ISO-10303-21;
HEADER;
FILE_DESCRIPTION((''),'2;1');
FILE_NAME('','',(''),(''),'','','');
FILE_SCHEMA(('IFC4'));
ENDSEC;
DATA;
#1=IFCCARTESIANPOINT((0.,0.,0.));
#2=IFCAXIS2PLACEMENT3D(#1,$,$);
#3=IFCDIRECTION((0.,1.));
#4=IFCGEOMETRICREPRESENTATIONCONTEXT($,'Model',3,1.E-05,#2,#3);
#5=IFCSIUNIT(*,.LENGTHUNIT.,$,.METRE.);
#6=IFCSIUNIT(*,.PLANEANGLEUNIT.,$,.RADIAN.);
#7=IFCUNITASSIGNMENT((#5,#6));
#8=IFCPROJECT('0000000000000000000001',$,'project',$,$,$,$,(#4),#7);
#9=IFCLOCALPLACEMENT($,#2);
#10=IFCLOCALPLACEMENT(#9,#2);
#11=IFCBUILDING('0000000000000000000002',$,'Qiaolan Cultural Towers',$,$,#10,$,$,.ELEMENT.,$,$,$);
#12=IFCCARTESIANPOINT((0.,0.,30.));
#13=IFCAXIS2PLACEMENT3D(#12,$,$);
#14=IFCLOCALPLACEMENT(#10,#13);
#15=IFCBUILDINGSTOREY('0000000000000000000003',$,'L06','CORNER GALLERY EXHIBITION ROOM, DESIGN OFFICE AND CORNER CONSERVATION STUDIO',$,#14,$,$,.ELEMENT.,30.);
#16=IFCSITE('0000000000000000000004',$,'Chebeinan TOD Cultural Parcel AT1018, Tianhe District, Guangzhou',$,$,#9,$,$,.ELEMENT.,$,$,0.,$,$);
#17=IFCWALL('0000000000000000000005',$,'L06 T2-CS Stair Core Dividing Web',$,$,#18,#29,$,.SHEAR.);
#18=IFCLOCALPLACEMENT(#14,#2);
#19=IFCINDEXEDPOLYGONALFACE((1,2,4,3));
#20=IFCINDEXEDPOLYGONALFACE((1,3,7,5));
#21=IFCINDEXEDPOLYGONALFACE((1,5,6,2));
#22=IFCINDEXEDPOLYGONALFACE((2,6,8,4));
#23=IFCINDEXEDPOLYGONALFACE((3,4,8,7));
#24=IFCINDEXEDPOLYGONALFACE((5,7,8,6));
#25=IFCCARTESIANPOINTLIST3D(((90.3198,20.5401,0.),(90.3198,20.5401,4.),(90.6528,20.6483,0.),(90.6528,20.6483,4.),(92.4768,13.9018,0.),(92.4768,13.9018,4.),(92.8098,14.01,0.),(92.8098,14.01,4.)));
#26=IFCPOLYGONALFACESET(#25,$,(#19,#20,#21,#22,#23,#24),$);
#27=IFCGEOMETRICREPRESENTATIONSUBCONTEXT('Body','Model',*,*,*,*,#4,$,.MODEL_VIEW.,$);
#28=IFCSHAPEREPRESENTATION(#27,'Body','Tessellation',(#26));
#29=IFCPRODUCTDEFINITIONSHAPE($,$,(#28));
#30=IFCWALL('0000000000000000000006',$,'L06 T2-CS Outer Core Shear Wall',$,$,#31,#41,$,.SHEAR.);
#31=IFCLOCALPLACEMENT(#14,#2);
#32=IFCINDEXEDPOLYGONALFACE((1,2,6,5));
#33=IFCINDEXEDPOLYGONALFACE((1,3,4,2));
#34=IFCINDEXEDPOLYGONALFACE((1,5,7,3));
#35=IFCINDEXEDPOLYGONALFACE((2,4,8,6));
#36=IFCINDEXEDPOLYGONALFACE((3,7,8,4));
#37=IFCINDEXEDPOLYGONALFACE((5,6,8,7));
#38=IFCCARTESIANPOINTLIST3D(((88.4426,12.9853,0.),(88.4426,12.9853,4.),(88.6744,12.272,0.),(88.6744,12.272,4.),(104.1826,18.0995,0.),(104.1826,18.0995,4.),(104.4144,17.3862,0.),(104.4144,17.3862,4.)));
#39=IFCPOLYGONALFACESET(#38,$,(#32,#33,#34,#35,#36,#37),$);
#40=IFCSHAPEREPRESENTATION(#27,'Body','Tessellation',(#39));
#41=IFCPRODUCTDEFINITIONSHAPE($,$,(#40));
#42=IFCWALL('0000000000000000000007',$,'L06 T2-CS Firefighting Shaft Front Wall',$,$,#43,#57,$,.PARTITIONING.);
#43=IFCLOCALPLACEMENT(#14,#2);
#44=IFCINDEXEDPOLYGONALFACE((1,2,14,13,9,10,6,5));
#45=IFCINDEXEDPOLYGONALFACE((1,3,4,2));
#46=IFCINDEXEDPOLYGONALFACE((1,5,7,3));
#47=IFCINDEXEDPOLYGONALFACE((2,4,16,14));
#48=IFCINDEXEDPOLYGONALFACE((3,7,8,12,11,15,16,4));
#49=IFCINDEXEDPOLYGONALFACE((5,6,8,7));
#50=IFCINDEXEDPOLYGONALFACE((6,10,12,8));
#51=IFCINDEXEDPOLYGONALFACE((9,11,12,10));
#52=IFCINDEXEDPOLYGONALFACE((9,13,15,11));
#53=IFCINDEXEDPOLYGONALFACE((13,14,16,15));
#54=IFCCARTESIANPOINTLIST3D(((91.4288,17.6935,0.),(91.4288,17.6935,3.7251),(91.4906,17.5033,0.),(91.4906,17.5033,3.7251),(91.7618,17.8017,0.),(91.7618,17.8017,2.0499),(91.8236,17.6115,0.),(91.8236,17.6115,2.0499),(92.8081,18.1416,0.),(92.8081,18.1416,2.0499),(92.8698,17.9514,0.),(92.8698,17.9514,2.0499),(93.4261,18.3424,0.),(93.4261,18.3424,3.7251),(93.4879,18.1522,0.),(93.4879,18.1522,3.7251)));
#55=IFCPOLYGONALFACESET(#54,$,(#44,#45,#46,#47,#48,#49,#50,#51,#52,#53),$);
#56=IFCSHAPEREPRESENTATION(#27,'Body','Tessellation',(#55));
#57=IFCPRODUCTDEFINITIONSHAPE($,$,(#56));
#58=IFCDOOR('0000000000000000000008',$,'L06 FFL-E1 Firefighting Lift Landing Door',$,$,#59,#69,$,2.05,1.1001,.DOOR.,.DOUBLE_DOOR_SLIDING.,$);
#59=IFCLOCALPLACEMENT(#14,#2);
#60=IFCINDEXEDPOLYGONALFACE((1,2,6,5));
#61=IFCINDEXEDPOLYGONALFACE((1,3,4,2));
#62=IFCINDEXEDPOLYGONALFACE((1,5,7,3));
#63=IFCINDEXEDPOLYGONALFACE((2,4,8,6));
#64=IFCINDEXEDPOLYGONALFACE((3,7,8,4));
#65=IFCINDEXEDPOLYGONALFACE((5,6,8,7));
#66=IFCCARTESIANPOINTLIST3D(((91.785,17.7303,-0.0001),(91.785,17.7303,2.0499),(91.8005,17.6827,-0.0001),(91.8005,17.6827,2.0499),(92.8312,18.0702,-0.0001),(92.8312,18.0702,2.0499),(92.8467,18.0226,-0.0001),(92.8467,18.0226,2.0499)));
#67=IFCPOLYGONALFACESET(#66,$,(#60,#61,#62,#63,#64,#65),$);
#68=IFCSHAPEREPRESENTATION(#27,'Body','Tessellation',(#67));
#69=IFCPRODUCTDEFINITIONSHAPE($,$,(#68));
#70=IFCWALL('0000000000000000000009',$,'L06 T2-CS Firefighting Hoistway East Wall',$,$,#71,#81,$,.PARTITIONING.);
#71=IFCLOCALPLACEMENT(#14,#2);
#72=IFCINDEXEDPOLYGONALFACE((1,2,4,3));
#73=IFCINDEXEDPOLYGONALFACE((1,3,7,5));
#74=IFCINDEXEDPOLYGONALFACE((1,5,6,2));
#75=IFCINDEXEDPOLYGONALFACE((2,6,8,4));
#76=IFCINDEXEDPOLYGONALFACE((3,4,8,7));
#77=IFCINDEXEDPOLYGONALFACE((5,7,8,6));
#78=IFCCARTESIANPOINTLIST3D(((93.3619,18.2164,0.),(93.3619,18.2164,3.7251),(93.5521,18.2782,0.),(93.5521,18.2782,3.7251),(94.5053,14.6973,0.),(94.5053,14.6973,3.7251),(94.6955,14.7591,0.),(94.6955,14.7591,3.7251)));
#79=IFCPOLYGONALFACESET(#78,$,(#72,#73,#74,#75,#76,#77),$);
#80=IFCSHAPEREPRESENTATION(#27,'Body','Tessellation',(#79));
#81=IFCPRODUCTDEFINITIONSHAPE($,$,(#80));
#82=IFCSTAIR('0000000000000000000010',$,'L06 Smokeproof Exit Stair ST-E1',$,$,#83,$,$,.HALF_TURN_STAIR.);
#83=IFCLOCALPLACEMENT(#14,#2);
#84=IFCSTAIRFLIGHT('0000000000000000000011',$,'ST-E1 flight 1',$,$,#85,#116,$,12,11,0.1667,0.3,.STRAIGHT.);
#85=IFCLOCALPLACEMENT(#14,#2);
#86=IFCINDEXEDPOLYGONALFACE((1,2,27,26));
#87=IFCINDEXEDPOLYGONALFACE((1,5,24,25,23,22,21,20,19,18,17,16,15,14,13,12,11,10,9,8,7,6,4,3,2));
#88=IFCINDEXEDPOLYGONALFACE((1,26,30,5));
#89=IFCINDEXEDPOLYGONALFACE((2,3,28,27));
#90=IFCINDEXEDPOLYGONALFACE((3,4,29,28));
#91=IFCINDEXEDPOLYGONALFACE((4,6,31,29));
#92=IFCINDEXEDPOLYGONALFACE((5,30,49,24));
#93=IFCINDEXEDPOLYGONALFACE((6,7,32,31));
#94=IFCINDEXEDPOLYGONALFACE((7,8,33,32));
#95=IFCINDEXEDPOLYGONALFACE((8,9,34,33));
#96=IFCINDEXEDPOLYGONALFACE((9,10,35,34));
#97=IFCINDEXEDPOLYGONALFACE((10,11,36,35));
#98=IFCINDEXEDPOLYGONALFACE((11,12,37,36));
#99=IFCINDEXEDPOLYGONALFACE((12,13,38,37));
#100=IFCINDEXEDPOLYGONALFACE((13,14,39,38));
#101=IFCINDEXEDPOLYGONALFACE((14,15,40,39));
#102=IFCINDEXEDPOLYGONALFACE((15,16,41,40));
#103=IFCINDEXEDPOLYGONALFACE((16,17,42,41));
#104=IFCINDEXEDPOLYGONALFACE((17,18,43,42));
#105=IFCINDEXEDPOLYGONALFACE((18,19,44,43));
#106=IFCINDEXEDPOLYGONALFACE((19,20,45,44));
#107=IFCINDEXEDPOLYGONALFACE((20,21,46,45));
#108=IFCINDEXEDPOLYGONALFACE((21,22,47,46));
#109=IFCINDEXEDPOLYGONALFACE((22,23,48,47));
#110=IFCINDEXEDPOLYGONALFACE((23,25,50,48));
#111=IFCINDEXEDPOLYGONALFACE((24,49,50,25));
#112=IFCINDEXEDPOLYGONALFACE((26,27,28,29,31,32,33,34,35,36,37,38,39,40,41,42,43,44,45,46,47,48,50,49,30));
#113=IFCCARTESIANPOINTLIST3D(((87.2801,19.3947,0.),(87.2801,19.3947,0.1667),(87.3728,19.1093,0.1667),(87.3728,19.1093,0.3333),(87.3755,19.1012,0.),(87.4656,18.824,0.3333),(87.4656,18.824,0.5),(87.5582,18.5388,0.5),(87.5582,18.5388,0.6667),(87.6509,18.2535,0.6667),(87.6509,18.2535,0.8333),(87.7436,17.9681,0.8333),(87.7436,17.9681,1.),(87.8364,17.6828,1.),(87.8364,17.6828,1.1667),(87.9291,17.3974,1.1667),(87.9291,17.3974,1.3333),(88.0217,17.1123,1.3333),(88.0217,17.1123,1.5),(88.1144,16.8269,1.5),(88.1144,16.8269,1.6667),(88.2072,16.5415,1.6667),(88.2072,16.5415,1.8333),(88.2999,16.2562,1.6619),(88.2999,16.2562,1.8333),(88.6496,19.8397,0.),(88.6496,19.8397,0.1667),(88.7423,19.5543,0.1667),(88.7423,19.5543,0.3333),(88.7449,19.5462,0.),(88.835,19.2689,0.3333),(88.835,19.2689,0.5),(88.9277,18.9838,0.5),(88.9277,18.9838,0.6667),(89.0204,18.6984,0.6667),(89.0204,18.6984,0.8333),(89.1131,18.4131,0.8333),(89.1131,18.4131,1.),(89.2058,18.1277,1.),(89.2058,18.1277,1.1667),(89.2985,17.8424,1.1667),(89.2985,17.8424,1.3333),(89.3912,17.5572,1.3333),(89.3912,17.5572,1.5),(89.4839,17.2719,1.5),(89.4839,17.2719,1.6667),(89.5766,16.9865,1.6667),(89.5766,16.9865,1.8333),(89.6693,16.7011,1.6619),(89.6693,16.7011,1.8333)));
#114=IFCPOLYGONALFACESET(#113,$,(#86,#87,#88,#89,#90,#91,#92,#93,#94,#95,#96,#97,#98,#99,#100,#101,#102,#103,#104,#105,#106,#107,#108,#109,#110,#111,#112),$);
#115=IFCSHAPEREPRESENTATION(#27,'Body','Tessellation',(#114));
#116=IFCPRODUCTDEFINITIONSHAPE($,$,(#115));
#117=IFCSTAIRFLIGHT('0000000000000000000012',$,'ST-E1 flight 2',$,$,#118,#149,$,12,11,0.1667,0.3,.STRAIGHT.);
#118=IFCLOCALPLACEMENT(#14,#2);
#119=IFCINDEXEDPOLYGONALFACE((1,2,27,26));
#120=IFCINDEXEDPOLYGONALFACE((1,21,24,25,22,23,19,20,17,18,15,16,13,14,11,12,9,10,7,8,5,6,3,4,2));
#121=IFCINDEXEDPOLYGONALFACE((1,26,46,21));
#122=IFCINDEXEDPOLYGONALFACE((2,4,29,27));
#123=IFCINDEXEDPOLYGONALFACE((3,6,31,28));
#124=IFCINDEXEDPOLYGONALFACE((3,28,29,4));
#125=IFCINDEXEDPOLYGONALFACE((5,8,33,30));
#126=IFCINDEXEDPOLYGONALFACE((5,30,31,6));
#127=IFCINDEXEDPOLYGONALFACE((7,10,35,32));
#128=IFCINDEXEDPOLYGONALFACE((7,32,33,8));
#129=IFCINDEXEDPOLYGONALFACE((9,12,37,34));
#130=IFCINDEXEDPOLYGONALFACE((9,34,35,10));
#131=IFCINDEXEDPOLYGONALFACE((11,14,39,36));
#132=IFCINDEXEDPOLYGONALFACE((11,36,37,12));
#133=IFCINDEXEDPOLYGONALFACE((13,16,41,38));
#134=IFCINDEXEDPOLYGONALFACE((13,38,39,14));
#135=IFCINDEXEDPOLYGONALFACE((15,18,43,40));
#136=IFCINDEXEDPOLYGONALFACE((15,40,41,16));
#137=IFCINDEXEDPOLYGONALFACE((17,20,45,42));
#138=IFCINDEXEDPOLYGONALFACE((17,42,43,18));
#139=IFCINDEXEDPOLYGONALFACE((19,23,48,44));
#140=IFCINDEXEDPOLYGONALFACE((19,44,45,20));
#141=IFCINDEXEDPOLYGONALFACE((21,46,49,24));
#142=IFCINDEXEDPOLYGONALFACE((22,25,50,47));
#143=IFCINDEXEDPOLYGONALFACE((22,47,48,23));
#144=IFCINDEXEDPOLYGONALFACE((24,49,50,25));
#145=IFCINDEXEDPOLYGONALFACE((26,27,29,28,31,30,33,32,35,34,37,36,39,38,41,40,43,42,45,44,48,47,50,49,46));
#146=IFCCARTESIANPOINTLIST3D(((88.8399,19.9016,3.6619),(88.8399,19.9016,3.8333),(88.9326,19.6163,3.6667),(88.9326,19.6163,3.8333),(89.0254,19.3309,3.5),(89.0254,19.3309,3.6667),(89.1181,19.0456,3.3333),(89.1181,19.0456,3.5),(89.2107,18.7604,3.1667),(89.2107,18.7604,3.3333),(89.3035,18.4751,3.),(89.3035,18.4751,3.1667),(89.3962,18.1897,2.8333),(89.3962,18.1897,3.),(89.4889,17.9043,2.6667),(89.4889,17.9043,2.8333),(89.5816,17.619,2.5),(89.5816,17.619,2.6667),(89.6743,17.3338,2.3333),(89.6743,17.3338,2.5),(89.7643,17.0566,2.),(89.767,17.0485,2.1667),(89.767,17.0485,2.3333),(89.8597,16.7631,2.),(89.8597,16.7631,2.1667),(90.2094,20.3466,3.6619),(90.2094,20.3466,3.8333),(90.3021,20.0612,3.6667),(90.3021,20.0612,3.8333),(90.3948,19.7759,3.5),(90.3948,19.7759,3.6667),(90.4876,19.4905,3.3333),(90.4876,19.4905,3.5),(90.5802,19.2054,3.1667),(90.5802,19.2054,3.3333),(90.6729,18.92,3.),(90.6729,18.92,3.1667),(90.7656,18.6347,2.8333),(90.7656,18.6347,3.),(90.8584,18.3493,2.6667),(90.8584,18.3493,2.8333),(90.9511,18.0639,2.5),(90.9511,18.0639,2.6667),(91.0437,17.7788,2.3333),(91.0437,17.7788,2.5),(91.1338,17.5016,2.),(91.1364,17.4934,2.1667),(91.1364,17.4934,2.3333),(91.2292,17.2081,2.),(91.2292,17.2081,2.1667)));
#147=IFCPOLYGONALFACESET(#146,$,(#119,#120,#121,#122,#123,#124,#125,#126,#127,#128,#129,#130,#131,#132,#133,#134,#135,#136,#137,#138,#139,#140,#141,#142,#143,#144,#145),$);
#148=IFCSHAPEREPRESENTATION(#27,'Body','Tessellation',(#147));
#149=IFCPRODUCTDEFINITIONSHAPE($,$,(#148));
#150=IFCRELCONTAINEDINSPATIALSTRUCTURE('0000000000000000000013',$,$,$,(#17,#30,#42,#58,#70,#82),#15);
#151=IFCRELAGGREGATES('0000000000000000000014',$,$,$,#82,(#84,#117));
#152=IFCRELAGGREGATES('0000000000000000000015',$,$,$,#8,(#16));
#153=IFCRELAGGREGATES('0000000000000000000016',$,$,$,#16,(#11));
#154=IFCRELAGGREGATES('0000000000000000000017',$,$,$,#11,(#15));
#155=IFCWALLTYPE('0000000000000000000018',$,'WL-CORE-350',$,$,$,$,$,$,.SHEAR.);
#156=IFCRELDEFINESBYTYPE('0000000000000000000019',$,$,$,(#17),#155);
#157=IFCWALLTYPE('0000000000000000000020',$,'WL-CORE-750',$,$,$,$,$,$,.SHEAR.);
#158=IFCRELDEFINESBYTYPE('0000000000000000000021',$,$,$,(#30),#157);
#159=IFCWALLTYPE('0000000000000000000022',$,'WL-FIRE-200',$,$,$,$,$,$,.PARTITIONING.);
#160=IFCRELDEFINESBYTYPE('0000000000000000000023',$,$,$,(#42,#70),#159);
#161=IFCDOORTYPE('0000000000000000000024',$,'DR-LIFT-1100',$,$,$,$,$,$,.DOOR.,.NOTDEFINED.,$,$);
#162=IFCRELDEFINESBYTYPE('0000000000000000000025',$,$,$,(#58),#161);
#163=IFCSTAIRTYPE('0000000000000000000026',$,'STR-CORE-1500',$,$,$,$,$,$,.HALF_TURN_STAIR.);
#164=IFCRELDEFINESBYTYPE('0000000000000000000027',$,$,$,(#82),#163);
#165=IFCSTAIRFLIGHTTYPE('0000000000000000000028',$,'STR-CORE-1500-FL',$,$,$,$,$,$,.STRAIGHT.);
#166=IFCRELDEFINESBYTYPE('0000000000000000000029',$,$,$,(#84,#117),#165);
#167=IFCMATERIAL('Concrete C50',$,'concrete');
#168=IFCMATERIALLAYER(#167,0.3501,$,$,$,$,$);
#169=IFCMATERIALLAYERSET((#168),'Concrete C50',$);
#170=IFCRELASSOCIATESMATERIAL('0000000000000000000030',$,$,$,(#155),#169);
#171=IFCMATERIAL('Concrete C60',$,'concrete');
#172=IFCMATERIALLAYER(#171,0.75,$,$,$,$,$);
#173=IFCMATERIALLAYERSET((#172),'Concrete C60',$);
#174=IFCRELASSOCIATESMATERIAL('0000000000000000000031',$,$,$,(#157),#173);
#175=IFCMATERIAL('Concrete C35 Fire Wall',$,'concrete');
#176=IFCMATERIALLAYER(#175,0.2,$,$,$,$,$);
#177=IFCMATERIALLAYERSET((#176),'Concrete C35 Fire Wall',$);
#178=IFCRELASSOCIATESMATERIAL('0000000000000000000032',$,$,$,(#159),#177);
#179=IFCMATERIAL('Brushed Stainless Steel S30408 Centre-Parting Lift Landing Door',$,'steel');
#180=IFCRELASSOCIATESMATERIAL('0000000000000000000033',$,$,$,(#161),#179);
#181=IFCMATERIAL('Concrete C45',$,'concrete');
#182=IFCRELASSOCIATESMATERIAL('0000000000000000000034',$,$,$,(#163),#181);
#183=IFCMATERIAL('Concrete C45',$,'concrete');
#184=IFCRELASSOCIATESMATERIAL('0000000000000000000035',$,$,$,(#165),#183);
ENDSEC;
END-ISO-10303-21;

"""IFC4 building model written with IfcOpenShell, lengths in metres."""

from ifc_helpers import new_model, si_unit, direction, frame, frame_2d, origin, place, context, subcontext, project, spatial, polyline, rectangle, outline, extrude, material, layer, layer_set, type_object, element, fill, aggregate, save


model = new_model("IFC4")

# Units and contexts
model_context = context("Model", 3, precision=1e-05, world=origin(), true_north=direction((0.0, 1.0)))
body_context = subcontext(model_context, "Body", "Model", "MODEL_VIEW")
ifc_project = project(units=[si_unit("LENGTHUNIT", "METRE"), si_unit("PLANEANGLEUNIT", "RADIAN")], contexts=[model_context])

# Site, building, storey
site_placement = place(None, origin())
site = spatial("IfcSite", under=ifc_project, at=site_placement, Name="Chebeinan TOD Cultural Parcel AT1018, Tianhe District, Guangzhou", CompositionType="ELEMENT", RefElevation=0.0)
building_placement = place(site_placement, origin())
building = spatial("IfcBuilding", under=site, at=building_placement, Name="Qiaolan Cultural Towers", CompositionType="ELEMENT")
storey_placement = place(building_placement, frame((0.0, 0.0, 30.0)))
storey = spatial("IfcBuildingStorey", under=building, at=storey_placement, Name="L06", Description="CORNER GALLERY EXHIBITION ROOM, DESIGN OFFICE AND CORNER CONSERVATION STUDIO", CompositionType="ELEMENT", Elevation=30.0)

# Walls
ifc_material_1 = material(Name="Concrete C50", Category="concrete")
ifc_layer_1 = layer(ifc_material_1, 0.3501)
ifc_layer_set_1 = layer_set([ifc_layer_1], Name="Concrete C50")
wall_type_1 = type_object("IfcWallType", Name="WL-CORE-350", PredefinedType="SHEAR", material=ifc_layer_set_1)
wall_1_placement = place(storey_placement, frame((90.4863, 20.5942, 0.0), z_axis=(0.0, 0.0, 1.0), x_axis=(0.30902, -0.951055, 0.0)))
element("IfcWall", 1, at=wall_1_placement, inside=storey, type_object=wall_type_1, Name="L06 T2-CS Stair Core Dividing Web", PredefinedType="SHEAR", context=body_context, shape_type="SweptSolid", body=[
    extrude(rectangle(XDim=6.98, YDim=0.3501, at=frame_2d((3.49, 0.0))), origin(), (0.0, 0.0, 1.0), 4.0),
])
ifc_material_2 = material(Name="Concrete C60", Category="concrete")
ifc_layer_2 = layer(ifc_material_2, 0.75)
ifc_layer_set_2 = layer_set([ifc_layer_2], Name="Concrete C60")
wall_type_2 = type_object("IfcWallType", Name="WL-CORE-750", PredefinedType="SHEAR", material=ifc_layer_set_2)
wall_2_placement = place(storey_placement, frame((88.5586, 12.6287, 0.0), z_axis=(0.0, 0.0, 1.0), x_axis=(0.951056, 0.309018, 0.0)))
element("IfcWall", 2, at=wall_2_placement, inside=storey, type_object=wall_type_2, Name="L06 T2-CS Outer Core Shear Wall", PredefinedType="SHEAR", context=body_context, shape_type="SweptSolid", body=[
    extrude(rectangle(XDim=16.55, YDim=0.75, at=frame_2d((8.2749, 0.0))), origin(), (0.0, 0.0, 1.0), 4.0),
])

# Wall, opening, door
ifc_material_3 = material(Name="Concrete C35 Fire Wall", Category="concrete")
ifc_layer_3 = layer(ifc_material_3, 0.2)
ifc_layer_set_3 = layer_set([ifc_layer_3], Name="Concrete C35 Fire Wall")
wall_type_3 = type_object("IfcWallType", Name="WL-FIRE-200", PredefinedType="PARTITIONING", material=ifc_layer_set_3)
wall_3_placement = place(storey_placement, frame((91.4597, 17.5984, 0.0), z_axis=(0.0, 0.0, 1.0), x_axis=(0.951062, 0.308999, 0.0)))
wall_3 = element("IfcWall", 3, at=wall_3_placement, inside=storey, type_object=wall_type_3, Name="L06 T2-CS Firefighting Shaft Front Wall", PredefinedType="PARTITIONING", context=body_context, shape_type="SweptSolid", body=[
    extrude(rectangle(XDim=2.1001, YDim=0.2, at=frame_2d((1.05, 0.0))), origin(), (0.0, 0.0, 1.0), 3.7251),
])
opening_placement = place(wall_3_placement, frame((0.3501, 0.0, 0.0)))
opening = element("IfcOpeningElement", 4, at=opening_placement, cuts=wall_3, PredefinedType="OPENING", context=body_context, shape_type="SweptSolid", body=[
    extrude(rectangle(XDim=1.1001, YDim=2.05, at=frame_2d((0.55, 1.0249))), frame((0.0, 0.1099, 0.0), z_axis=(0.0, -1.0, 0.0), x_axis=(1.0, 0.0, 0.0)), (0.0, 0.0, 1.0), 0.22),
])
ifc_material_4 = material(Name="Brushed Stainless Steel S30408 Centre-Parting Lift Landing Door", Category="steel")
door_type = type_object("IfcDoorType", Name="DR-LIFT-1100", OperationType="NOTDEFINED", PredefinedType="DOOR", material=ifc_material_4)
door_placement = place(opening_placement, origin())
door = element("IfcDoor", 5, at=door_placement, inside=storey, type_object=door_type, Name="L06 FFL-E1 Firefighting Lift Landing Door", OperationType="DOUBLE_DOOR_SLIDING", OverallHeight=2.05, OverallWidth=1.1001, PredefinedType="DOOR", context=body_context, shape_type="SweptSolid", body=[
    extrude(rectangle(XDim=1.1001, YDim=2.05, at=frame_2d((0.55, 1.0249))), frame((0.0, 0.0249, 0.0), z_axis=(0.0, -1.0, 0.0), x_axis=(1.0, 0.0, 0.0)), (0.0, 0.0, 1.0), 0.05),
])
fill(opening, door)

# Wall
wall_4_placement = place(storey_placement, frame((93.457, 18.2473, 0.0), z_axis=(0.0, 0.0, 1.0), x_axis=(0.308994, -0.951064, 0.0)))
element("IfcWall", 6, at=wall_4_placement, inside=storey, type_object=wall_type_3, Name="L06 T2-CS Firefighting Hoistway East Wall", PredefinedType="PARTITIONING", context=body_context, shape_type="SweptSolid", body=[
    extrude(rectangle(XDim=3.7002, YDim=0.2, at=frame_2d((1.8501, 0.0))), origin(), (0.0, 0.0, 1.0), 3.7251),
])

# Stair, stair flights
ifc_material_5 = material(Name="Concrete C45", Category="concrete")
stair_type = type_object("IfcStairType", Name="STR-CORE-1500", PredefinedType="HALF_TURN_STAIR", material=ifc_material_5)
stair_placement = place(storey_placement, origin())
stair = element("IfcStair", 7, at=stair_placement, inside=storey, type_object=stair_type, Name="L06 Smokeproof Exit Stair ST-E1", PredefinedType="HALF_TURN_STAIR")
ifc_material_6 = material(Name="Concrete C45", Category="concrete")
stair_flight_type = type_object("IfcStairFlightType", Name="STR-CORE-1500-FL", PredefinedType="STRAIGHT", material=ifc_material_6)
stair_flight_1_placement = place(storey_placement, frame((87.9648, 19.6172, 0.0), z_axis=(0.0, 0.0, 1.0), x_axis=(0.309017, -0.951057, 0.0)))
stair_flight_1 = element("IfcStairFlight", 8, at=stair_flight_1_placement, type_object=stair_flight_type, Name="ST-E1 flight 1", NumberOfRisers=12, NumberOfTreads=11, PredefinedType="STRAIGHT", RiserHeight=0.1667, TreadLength=0.3, context=body_context, shape_type="SweptSolid", body=[
    extrude(outline(polyline([(0.0, 0.0), (0.0, 0.1667), (0.3, 0.1667), (0.3, 0.3333), (0.6001, 0.3333), (0.6001, 0.5), (0.8999, 0.5), (0.8999, 0.6667), (1.2, 0.6667), (1.2, 0.8333), (1.5, 0.8333), (1.5, 1.0), (1.8, 1.0), (1.8, 1.1667), (2.1001, 1.1667), (2.1001, 1.3333), (2.3999, 1.3333), (2.3999, 1.5), (2.7, 1.5), (2.7, 1.6667), (3.0, 1.6667), (3.0, 1.8333), (3.3, 1.8333), (3.3, 2.0), (3.3, 1.6619), (0.3086, 0.0), (0.0, 0.0)])), frame((0.0, 0.72, 0.0), z_axis=(0.0, -1.0, 0.0), x_axis=(1.0, 0.0, 0.0)), (0.0, 0.0, 1.0), 1.4399),
])
stair_flight_2_placement = place(storey_placement, frame((90.5444, 16.9856, 2.0), z_axis=(0.0, 0.0, 1.0), x_axis=(-0.309017, 0.951057, 0.0)))
stair_flight_2 = element("IfcStairFlight", 9, at=stair_flight_2_placement, type_object=stair_flight_type, Name="ST-E1 flight 2", NumberOfRisers=12, NumberOfTreads=11, PredefinedType="STRAIGHT", RiserHeight=0.1667, TreadLength=0.3, context=body_context, shape_type="SweptSolid", body=[
    extrude(outline(polyline([(0.0, 0.0), (0.0, 0.1667), (0.3, 0.1667), (0.3, 0.3333), (0.6001, 0.3333), (0.6001, 0.5), (0.8999, 0.5), (0.8999, 0.6667), (1.2, 0.6667), (1.2, 0.8333), (1.5, 0.8333), (1.5, 1.0), (1.8, 1.0), (1.8, 1.1667), (2.1001, 1.1667), (2.1001, 1.3333), (2.3999, 1.3333), (2.3999, 1.5), (2.7, 1.5), (2.7, 1.6667), (3.0, 1.6667), (3.0, 1.8333), (3.3, 1.8333), (3.3, 2.0), (3.3, 1.6619), (0.3086, 0.0), (0.0, 0.0)])), frame((0.0, 0.72, 0.0), z_axis=(0.0, -1.0, 0.0), x_axis=(1.0, 0.0, 0.0)), (0.0, 0.0, 1.0), 1.4399),
])
aggregate(stair, [stair_flight_1, stair_flight_2])

save(model, "model.ifc")
